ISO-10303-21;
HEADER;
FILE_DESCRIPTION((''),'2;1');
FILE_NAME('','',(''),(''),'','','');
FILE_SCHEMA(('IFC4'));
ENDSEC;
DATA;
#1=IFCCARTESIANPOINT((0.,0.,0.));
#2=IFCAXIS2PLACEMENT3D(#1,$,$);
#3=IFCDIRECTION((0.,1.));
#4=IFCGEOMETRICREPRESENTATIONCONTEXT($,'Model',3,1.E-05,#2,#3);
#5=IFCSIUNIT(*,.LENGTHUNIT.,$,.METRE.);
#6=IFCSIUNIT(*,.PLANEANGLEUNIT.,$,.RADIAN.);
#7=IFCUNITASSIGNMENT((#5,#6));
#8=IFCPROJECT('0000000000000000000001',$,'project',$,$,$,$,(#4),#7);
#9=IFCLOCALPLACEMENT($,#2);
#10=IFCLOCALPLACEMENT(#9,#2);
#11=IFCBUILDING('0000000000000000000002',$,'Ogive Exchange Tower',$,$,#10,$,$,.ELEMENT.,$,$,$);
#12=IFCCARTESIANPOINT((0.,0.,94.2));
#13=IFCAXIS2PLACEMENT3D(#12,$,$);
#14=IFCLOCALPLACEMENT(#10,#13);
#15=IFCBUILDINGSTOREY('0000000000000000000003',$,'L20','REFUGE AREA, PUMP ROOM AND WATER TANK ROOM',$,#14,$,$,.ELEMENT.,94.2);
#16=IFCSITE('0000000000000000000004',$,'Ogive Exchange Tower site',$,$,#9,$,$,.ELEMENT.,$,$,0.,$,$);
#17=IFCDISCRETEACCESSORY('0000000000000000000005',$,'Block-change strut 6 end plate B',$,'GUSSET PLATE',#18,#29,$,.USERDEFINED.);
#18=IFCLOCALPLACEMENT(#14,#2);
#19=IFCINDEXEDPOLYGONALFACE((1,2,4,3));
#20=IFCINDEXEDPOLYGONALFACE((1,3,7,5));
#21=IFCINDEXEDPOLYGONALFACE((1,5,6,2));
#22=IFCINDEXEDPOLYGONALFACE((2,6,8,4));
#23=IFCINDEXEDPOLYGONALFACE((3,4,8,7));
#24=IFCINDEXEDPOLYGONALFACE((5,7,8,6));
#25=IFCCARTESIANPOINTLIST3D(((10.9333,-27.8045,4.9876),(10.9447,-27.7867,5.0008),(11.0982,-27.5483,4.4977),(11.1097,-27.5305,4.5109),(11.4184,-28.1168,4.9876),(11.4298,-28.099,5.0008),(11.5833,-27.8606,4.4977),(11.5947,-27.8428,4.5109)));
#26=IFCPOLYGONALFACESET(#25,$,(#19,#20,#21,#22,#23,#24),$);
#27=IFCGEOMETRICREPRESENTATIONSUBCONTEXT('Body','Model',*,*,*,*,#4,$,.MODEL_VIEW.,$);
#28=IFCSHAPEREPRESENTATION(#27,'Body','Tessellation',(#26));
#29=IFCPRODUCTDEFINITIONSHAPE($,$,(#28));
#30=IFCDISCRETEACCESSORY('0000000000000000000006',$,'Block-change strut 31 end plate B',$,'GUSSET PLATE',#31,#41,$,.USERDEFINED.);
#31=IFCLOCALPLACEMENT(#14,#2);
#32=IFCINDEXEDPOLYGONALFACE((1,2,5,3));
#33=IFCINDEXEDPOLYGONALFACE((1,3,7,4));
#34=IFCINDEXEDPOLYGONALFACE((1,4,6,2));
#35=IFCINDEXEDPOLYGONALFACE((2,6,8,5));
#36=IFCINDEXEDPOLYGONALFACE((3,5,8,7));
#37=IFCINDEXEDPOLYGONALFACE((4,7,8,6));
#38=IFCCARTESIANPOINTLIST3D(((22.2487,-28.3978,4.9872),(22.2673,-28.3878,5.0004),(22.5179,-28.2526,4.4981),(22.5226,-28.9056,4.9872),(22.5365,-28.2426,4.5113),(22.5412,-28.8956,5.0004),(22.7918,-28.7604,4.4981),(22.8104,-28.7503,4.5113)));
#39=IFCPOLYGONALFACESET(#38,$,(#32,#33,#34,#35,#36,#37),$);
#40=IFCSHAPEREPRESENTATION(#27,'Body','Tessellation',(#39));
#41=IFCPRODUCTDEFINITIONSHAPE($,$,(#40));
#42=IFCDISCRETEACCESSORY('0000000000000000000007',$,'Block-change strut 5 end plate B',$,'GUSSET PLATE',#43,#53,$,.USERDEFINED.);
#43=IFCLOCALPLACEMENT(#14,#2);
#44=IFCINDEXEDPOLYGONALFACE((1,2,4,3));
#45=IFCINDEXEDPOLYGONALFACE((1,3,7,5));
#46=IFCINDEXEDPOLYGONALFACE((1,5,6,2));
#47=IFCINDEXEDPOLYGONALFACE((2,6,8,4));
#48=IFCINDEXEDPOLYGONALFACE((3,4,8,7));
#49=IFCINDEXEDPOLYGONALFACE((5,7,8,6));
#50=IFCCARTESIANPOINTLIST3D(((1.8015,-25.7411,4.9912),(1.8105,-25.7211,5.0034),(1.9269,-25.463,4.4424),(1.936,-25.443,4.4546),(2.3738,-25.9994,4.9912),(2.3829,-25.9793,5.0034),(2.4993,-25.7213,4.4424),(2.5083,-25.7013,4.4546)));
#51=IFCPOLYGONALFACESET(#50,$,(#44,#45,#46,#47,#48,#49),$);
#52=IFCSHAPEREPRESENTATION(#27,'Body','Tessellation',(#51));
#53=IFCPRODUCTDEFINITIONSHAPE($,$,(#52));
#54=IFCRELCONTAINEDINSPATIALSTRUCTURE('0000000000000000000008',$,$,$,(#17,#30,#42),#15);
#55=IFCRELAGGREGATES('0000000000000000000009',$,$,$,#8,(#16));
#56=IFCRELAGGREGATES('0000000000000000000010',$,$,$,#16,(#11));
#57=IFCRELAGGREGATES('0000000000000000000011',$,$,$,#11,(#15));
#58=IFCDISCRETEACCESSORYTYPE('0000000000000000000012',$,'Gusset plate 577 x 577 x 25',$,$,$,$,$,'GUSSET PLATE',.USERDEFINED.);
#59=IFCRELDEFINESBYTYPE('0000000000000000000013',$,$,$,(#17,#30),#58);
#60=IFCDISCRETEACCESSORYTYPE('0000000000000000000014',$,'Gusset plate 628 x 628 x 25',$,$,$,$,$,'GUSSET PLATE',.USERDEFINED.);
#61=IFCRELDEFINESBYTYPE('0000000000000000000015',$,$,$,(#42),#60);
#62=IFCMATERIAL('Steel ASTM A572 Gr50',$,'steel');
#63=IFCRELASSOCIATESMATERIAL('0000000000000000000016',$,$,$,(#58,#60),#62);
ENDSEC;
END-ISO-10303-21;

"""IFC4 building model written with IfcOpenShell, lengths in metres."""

from ifc_helpers import new_model, si_unit, direction, frame, origin, origin_2d, place, context, subcontext, project, spatial, rectangle, extrude, material, material_profile, profile_set, type_object, element, save


model = new_model("IFC4")

# Units and contexts
model_context = context("Model", 3, precision=1e-05, world=origin(), true_north=direction((0.0, 1.0)))
body_context = subcontext(model_context, "Body", "Model", "MODEL_VIEW")
ifc_project = project(units=[si_unit("LENGTHUNIT", "METRE"), si_unit("PLANEANGLEUNIT", "RADIAN")], contexts=[model_context])

# Site, building, storey
site_placement = place(None, origin())
site = spatial("IfcSite", under=ifc_project, at=site_placement, Name="Ogive Exchange Tower site", CompositionType="ELEMENT", RefElevation=0.0)
building_placement = place(site_placement, origin())
building = spatial("IfcBuilding", under=site, at=building_placement, Name="Ogive Exchange Tower", CompositionType="ELEMENT")
storey_placement = place(building_placement, frame((0.0, 0.0, 94.2)))
storey = spatial("IfcBuildingStorey", under=building, at=storey_placement, Name="L20", Description="REFUGE AREA, PUMP ROOM AND WATER TANK ROOM", CompositionType="ELEMENT", Elevation=94.2)

# Discrete accessories
ifc_material_1 = material(Name="Steel ASTM A572 Gr50", Category="steel")
ifc_material_profile_1 = material_profile(ifc_material_1, rectangle(XDim=0.5769, YDim=0.5769, at=origin_2d()), Name="PL 577 x 577 x 25")
ifc_profile_set_1 = profile_set([ifc_material_profile_1], Name="Steel ASTM A572 Gr50")
discrete_accessory_type_1 = type_object("IfcDiscreteAccessoryType", Name="Gusset plate 577 x 577 x 25", ElementType="GUSSET PLATE", PredefinedType="USERDEFINED", material=ifc_profile_set_1)
for number, where, z_axis, x_axis, name in (
    (1, (11.2583, -27.8325, 4.7427), (0.459681, 0.713973, 0.528144), (-0.840804, 0.54134, 0.0), "Block-change strut 6 end plate B"),
    (2, (22.5203, -28.5791, 4.7427), (0.746211, 0.402561, 0.530202), (-0.47479, 0.880099, 0.0), "Block-change strut 31 end plate B"),
):
    element("IfcDiscreteAccessory", number, at=place(storey_placement, frame(where, z_axis=z_axis, x_axis=x_axis)), inside=storey, type_object=discrete_accessory_type_1, Name=name, ObjectType="GUSSET PLATE", PredefinedType="USERDEFINED", context=body_context, shape_type="SweptSolid", body=[
        extrude(rectangle(XDim=0.5769, YDim=0.5769, at=origin_2d()), origin(), (0.0, 0.0, 1.0), 0.0249),
    ])
ifc_material_profile_2 = material_profile(ifc_material_1, rectangle(XDim=0.6279, YDim=0.6279, at=origin_2d()), Name="PL 628 x 628 x 25")
ifc_profile_set_2 = profile_set([ifc_material_profile_2], Name="Steel ASTM A572 Gr50")
discrete_accessory_type_2 = type_object("IfcDiscreteAccessoryType", Name="Gusset plate 628 x 628 x 25", ElementType="GUSSET PLATE", PredefinedType="USERDEFINED", material=ifc_profile_set_2)
discrete_accessory_placement = place(storey_placement, frame((2.1504, -25.7312, 4.7168), z_axis=(0.359494, 0.796718, 0.485803), x_axis=(-0.911505, 0.411289, 0.0)))
element("IfcDiscreteAccessory", 3, at=discrete_accessory_placement, inside=storey, type_object=discrete_accessory_type_2, Name="Block-change strut 5 end plate B", ObjectType="GUSSET PLATE", PredefinedType="USERDEFINED", context=body_context, shape_type="SweptSolid", body=[
    extrude(rectangle(XDim=0.6279, YDim=0.6279, at=origin_2d()), origin(), (0.0, 0.0, 1.0), 0.0251),
])

save(model, "model.ifc")
